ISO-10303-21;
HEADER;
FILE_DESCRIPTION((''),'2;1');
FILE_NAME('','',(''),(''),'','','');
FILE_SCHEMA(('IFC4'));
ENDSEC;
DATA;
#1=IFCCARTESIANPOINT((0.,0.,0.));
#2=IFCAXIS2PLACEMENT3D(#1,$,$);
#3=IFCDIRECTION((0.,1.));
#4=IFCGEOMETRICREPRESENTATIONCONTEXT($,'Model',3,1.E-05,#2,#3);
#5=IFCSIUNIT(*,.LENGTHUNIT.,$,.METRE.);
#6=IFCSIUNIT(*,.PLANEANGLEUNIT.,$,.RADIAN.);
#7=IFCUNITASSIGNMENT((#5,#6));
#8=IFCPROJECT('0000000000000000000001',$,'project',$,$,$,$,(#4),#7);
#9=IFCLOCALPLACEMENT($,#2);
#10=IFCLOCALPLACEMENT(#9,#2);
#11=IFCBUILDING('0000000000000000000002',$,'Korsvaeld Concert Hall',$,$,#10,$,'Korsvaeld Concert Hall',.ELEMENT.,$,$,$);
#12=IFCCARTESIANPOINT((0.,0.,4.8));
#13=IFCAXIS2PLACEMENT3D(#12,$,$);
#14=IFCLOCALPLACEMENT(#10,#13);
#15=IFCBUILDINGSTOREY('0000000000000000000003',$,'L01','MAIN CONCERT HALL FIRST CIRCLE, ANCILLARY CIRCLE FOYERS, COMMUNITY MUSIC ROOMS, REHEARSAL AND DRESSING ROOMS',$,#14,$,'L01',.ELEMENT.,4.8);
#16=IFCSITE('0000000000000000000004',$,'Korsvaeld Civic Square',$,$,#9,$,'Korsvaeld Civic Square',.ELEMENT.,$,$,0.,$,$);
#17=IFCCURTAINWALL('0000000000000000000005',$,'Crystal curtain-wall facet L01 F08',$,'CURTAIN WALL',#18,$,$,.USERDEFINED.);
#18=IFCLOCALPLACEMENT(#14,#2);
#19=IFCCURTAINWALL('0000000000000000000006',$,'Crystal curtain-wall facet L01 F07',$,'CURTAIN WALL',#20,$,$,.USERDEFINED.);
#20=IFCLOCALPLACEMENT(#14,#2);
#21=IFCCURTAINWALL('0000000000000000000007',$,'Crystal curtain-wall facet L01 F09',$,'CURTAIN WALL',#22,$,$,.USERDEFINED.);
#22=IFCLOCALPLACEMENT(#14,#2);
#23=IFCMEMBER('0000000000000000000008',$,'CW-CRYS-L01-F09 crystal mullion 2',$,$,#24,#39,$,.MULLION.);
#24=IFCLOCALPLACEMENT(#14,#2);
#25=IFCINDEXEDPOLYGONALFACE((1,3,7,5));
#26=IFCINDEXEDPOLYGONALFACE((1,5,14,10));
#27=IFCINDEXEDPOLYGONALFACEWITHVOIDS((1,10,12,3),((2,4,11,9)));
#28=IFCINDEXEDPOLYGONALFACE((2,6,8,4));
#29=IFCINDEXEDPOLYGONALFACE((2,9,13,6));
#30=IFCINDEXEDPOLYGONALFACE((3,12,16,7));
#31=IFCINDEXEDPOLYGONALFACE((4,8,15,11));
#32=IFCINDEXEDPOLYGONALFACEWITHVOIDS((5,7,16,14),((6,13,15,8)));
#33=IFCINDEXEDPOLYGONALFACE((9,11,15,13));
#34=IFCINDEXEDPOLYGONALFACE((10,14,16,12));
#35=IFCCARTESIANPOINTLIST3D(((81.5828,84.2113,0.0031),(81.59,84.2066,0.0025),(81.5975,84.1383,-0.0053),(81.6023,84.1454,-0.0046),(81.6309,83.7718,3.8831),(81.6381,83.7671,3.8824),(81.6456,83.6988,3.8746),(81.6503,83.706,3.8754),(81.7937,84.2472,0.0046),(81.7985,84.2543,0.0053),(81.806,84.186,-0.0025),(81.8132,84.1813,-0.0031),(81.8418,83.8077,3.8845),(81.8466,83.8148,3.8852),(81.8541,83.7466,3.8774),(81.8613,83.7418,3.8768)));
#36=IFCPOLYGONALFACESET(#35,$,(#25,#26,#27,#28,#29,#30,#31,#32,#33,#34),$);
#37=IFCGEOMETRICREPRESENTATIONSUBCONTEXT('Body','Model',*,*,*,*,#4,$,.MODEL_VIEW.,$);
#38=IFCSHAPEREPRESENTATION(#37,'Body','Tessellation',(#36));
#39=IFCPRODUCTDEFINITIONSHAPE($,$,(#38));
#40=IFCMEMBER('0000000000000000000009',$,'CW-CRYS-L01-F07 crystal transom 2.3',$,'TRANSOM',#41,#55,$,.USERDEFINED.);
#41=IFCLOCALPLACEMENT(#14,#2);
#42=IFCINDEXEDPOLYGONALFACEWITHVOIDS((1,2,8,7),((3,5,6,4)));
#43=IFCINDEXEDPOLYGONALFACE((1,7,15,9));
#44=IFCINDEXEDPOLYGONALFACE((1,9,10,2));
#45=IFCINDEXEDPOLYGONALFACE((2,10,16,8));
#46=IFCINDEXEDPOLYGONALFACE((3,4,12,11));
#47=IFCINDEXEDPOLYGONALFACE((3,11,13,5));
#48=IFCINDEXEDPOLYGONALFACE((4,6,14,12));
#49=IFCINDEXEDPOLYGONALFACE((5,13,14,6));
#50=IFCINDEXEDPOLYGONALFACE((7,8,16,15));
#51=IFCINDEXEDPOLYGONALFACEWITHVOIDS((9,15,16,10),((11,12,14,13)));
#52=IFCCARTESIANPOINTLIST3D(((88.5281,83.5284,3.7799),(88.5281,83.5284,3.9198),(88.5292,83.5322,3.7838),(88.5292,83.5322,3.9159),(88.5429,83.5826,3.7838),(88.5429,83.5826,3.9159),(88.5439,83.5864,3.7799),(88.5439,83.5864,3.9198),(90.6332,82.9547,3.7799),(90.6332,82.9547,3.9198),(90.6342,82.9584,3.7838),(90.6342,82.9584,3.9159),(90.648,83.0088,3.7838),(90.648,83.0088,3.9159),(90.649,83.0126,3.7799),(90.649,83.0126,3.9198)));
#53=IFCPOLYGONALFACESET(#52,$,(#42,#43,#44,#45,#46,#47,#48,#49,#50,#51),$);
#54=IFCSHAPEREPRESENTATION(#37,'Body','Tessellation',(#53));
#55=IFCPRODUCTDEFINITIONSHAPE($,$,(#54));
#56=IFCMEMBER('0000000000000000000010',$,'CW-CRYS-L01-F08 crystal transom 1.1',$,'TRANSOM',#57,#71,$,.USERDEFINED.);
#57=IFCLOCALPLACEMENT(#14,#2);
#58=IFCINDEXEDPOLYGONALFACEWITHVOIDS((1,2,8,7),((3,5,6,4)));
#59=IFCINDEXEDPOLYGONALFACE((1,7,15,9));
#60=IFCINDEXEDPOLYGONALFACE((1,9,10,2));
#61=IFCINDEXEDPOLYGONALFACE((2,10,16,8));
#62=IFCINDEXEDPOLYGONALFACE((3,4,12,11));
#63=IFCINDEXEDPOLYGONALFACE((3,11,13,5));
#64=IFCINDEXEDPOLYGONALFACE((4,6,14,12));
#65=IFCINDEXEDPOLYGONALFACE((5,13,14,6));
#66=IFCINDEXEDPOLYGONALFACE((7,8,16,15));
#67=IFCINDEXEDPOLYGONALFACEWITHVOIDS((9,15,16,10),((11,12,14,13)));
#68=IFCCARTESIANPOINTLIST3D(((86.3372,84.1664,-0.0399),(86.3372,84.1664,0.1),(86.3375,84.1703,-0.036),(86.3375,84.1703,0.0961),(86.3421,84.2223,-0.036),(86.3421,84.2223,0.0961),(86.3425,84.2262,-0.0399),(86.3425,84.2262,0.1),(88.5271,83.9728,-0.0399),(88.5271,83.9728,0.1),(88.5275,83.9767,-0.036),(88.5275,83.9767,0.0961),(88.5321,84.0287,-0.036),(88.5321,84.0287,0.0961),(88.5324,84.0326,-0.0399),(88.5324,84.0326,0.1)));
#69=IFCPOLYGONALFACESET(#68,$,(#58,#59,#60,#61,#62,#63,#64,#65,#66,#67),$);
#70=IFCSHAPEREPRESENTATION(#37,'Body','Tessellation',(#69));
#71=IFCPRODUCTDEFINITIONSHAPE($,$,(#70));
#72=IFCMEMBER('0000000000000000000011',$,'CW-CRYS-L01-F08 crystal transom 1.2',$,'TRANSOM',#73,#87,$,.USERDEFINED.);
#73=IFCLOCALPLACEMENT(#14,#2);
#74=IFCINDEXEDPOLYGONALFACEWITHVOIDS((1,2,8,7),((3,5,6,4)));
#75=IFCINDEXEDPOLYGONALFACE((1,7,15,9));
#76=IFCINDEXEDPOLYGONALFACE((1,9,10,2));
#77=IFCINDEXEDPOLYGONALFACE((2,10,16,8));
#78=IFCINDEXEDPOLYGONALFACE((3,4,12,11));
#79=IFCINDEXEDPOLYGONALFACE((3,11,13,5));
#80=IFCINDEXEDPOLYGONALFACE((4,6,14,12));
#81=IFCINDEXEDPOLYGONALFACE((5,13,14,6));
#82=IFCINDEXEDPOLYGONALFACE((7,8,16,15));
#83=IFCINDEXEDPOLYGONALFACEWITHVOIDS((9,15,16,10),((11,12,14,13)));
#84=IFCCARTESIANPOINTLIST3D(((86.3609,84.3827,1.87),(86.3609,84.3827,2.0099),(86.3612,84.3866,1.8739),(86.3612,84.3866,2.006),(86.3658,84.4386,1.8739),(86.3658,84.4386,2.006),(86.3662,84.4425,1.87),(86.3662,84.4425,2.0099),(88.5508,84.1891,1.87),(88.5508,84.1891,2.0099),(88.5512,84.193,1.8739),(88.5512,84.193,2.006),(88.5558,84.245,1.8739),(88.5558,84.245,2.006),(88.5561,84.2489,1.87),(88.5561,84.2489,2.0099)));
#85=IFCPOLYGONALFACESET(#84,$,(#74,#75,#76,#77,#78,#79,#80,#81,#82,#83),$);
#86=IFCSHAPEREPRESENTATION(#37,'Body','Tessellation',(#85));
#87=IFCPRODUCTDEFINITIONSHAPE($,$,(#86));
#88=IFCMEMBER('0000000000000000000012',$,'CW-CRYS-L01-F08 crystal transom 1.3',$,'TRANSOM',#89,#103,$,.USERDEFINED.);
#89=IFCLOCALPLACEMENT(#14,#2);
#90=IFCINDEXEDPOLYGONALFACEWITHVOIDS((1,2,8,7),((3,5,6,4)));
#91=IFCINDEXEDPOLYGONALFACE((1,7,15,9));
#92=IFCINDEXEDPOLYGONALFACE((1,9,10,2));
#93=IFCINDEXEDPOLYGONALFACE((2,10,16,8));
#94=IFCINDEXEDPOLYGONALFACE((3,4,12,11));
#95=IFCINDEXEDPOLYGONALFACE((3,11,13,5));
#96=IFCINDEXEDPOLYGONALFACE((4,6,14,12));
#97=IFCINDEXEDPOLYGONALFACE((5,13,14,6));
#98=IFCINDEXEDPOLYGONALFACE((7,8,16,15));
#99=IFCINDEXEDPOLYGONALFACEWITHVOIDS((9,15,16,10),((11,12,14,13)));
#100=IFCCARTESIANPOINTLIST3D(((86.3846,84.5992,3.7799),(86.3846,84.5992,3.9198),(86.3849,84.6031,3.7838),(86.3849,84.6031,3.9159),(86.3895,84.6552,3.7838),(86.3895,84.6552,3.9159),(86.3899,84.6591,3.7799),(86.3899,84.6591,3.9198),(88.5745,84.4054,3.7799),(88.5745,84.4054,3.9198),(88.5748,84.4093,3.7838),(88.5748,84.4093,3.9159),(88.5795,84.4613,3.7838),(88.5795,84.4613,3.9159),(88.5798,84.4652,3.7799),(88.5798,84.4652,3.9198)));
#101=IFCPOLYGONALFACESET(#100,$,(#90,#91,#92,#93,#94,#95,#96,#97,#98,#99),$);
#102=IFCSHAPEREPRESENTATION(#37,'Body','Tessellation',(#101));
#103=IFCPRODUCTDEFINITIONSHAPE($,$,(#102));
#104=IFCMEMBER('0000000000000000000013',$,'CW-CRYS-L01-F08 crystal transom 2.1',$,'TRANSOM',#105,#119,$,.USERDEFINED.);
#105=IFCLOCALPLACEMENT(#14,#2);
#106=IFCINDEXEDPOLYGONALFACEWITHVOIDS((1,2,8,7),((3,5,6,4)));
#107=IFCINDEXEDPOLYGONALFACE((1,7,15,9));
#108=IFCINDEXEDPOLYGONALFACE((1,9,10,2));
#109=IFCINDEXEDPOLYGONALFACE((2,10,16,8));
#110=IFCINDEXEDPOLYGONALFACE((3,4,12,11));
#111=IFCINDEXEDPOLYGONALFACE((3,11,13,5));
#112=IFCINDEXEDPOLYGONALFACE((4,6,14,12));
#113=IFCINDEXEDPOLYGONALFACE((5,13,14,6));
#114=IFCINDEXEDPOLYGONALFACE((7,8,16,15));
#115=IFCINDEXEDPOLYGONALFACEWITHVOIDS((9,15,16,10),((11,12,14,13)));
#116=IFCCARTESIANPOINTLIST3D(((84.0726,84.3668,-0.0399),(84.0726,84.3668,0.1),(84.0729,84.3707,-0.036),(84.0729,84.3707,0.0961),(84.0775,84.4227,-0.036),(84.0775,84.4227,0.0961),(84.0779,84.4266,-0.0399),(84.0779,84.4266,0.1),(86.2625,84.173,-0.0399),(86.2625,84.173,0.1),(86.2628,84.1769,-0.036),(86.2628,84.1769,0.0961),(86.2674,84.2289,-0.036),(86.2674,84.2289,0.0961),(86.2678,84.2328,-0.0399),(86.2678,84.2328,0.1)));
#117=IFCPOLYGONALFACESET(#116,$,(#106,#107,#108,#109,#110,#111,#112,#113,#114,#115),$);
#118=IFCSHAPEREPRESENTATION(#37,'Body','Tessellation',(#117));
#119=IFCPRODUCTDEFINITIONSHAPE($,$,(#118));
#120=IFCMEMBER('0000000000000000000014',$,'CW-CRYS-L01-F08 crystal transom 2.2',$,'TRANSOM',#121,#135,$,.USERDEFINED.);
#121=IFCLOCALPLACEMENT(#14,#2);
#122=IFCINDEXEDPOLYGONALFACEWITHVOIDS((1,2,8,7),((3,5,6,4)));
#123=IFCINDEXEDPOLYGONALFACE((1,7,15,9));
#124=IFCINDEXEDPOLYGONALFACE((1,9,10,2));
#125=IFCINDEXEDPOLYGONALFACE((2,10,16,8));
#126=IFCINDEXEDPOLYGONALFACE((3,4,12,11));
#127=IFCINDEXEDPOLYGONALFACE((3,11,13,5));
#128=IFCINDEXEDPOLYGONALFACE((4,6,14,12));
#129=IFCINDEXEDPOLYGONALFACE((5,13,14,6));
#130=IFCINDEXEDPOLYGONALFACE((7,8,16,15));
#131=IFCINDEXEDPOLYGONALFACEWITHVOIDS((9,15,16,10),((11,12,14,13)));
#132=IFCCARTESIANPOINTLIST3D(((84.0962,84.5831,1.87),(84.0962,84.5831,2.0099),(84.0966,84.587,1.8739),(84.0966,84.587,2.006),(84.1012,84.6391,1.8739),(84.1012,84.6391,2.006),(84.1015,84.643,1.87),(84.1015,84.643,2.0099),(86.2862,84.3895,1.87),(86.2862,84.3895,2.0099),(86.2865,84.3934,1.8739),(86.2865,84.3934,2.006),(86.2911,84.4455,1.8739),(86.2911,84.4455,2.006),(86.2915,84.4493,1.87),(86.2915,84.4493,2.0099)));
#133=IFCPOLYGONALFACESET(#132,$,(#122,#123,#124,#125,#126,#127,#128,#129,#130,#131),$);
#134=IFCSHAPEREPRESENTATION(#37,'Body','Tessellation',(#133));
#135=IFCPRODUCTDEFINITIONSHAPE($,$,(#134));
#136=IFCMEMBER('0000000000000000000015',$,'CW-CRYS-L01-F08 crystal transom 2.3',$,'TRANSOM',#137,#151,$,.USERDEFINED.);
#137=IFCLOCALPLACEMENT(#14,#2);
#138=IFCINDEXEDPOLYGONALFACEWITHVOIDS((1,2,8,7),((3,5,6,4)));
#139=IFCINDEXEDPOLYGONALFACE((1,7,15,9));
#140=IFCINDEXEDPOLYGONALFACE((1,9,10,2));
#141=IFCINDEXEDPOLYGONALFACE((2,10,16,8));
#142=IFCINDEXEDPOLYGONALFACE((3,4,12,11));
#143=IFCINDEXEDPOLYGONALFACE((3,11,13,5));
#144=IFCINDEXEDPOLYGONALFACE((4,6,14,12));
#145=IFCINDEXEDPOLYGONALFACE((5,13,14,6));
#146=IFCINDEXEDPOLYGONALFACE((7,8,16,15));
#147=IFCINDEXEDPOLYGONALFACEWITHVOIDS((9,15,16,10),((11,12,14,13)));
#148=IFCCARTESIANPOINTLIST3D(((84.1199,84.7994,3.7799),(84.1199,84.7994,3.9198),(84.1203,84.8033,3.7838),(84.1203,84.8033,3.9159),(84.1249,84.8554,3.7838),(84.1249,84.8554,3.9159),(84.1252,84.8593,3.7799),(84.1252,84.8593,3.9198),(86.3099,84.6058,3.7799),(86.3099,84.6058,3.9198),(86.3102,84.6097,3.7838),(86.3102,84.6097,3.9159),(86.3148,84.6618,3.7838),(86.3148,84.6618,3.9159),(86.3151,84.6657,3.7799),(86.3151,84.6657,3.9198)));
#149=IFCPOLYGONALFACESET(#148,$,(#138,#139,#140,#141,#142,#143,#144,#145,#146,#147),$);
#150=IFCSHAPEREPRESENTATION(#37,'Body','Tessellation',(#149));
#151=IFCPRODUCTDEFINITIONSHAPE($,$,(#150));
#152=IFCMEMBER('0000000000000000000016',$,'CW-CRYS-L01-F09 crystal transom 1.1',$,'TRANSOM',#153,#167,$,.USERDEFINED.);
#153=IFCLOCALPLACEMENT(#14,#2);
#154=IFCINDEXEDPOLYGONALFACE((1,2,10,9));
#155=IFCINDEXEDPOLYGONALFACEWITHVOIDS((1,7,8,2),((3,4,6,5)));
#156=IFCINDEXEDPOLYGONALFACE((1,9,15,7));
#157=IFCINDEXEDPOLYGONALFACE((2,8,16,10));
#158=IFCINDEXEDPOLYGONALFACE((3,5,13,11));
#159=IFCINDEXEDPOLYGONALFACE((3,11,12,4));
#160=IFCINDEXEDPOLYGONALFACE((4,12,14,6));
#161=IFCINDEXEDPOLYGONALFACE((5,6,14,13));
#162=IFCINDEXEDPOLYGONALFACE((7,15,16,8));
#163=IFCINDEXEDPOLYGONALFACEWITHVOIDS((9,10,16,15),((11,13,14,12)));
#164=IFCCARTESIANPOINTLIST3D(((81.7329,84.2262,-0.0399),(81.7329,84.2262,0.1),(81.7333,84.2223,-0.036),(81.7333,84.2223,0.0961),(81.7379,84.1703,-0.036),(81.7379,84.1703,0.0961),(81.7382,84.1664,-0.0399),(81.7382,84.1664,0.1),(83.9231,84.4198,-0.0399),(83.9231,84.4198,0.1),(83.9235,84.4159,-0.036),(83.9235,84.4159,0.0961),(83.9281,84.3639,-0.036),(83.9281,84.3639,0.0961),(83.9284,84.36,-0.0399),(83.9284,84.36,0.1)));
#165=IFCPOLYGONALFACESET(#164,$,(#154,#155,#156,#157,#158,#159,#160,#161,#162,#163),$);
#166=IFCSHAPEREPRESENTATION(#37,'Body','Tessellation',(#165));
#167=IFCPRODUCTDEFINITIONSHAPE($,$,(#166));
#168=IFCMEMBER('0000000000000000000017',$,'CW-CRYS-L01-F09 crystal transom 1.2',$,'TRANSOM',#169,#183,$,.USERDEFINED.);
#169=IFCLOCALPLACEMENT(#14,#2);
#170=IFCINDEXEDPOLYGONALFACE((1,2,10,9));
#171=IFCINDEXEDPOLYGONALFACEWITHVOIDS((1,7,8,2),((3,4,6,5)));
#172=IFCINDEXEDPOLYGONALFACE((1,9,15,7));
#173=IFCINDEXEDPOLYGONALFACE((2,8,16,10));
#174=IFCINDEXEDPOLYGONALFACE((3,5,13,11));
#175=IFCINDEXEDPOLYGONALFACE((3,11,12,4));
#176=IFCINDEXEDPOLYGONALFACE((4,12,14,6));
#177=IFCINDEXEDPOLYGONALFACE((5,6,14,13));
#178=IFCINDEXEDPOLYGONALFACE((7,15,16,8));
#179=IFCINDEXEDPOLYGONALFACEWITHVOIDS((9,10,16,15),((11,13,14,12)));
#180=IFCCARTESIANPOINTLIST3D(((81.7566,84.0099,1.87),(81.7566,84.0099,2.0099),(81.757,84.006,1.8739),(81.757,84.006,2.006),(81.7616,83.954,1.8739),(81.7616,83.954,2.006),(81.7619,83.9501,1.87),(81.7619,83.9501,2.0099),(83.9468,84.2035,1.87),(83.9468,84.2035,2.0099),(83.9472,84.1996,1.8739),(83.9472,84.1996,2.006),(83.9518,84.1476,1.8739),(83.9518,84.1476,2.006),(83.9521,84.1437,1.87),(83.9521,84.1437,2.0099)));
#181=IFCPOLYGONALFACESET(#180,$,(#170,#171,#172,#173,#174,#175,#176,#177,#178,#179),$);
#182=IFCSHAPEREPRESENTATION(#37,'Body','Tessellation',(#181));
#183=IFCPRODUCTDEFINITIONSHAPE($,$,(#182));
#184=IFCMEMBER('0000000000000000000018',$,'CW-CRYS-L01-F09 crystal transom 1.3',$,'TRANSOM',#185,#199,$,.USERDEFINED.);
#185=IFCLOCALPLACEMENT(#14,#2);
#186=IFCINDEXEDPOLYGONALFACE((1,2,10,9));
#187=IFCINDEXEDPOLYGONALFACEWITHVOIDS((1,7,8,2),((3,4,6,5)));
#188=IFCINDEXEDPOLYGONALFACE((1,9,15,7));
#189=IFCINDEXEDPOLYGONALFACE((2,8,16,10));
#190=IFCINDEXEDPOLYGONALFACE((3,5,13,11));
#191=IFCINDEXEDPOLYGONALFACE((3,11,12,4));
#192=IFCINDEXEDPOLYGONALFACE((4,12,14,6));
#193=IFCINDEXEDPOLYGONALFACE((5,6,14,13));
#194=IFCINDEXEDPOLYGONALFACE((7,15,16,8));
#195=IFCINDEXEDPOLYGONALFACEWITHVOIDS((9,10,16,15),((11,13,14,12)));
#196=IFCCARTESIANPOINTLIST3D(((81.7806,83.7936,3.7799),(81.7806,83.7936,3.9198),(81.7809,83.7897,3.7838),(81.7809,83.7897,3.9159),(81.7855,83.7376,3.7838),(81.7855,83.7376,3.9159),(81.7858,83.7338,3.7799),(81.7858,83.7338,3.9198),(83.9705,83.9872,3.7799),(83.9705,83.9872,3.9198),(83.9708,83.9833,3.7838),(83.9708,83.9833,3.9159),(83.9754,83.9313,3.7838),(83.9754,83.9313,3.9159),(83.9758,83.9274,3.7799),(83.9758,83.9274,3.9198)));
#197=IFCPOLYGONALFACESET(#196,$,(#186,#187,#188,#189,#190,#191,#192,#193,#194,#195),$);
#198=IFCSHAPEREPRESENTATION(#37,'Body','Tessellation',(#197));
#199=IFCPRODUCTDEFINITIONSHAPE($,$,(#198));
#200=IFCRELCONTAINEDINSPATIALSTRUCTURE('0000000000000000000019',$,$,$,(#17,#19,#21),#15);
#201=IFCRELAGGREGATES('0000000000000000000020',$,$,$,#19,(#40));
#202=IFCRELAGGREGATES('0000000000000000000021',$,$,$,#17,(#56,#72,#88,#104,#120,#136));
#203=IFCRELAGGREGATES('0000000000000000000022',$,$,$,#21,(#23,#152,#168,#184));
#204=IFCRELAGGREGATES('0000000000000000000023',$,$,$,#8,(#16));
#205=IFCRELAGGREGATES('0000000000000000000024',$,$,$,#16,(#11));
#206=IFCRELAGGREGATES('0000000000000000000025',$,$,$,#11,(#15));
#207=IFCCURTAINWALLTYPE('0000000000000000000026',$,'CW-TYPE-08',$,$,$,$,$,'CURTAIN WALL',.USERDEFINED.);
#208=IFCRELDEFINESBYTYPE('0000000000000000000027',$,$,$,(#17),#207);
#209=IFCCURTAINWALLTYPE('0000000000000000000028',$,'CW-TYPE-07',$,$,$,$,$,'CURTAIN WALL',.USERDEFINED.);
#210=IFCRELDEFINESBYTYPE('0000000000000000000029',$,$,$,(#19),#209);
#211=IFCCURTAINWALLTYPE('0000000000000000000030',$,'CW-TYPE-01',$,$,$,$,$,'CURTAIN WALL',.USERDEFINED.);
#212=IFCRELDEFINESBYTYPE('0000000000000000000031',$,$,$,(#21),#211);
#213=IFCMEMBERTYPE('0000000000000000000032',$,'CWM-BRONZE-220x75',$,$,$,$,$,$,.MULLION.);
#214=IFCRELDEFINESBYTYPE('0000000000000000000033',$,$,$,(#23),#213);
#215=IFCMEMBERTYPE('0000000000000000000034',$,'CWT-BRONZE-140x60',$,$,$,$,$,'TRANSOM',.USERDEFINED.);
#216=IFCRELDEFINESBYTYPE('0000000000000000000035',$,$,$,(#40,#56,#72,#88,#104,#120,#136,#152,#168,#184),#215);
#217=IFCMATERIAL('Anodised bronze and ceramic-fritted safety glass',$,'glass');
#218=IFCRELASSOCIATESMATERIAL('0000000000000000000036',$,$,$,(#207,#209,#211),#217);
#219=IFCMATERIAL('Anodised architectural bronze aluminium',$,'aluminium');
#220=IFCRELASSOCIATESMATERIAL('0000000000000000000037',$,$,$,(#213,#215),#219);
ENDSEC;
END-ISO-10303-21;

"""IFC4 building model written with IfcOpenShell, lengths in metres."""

from ifc_helpers import new_model, si_unit, direction, frame, origin, origin_2d, place, context, subcontext, project, spatial, hollow_rectangle, extrude, material, material_profile, profile_set, type_object, element, aggregate, save


model = new_model("IFC4")

# Units and contexts
model_context = context("Model", 3, precision=1e-05, world=origin(), true_north=direction((0.0, 1.0)))
body_context = subcontext(model_context, "Body", "Model", "MODEL_VIEW")
ifc_project = project(units=[si_unit("LENGTHUNIT", "METRE"), si_unit("PLANEANGLEUNIT", "RADIAN")], contexts=[model_context])

# Site, building, storey
site_placement = place(None, origin())
site = spatial("IfcSite", under=ifc_project, at=site_placement, Name="Korsvaeld Civic Square", LongName="Korsvaeld Civic Square", CompositionType="ELEMENT", RefElevation=0.0)
building_placement = place(site_placement, origin())
building = spatial("IfcBuilding", under=site, at=building_placement, Name="Korsvaeld Concert Hall", LongName="Korsvaeld Concert Hall", CompositionType="ELEMENT")
storey_placement = place(building_placement, frame((0.0, 0.0, 4.8)))
storey = spatial("IfcBuildingStorey", under=building, at=storey_placement, Name="L01", Description="MAIN CONCERT HALL FIRST CIRCLE, ANCILLARY CIRCLE FOYERS, COMMUNITY MUSIC ROOMS, REHEARSAL AND DRESSING ROOMS", LongName="L01", CompositionType="ELEMENT", Elevation=4.8)

# Curtain wall
ifc_material_1 = material(Name="Anodised bronze and ceramic-fritted safety glass", Category="glass")
curtain_wall_type_1 = type_object("IfcCurtainWallType", Name="CW-TYPE-08", ElementType="CURTAIN WALL", PredefinedType="USERDEFINED", material=ifc_material_1)
curtain_wall_1_placement = place(storey_placement, origin())
curtain_wall_1 = element("IfcCurtainWall", 1, at=curtain_wall_1_placement, inside=storey, type_object=curtain_wall_type_1, Name="Crystal curtain-wall facet L01 F08", ObjectType="CURTAIN WALL", PredefinedType="USERDEFINED")
ifc_material_2 = material(Name="Anodised architectural bronze aluminium", Category="aluminium")

# Curtain wall
curtain_wall_type_2 = type_object("IfcCurtainWallType", Name="CW-TYPE-07", ElementType="CURTAIN WALL", PredefinedType="USERDEFINED", material=ifc_material_1)
curtain_wall_2_placement = place(storey_placement, origin())
curtain_wall_2 = element("IfcCurtainWall", 2, at=curtain_wall_2_placement, inside=storey, type_object=curtain_wall_type_2, Name="Crystal curtain-wall facet L01 F07", ObjectType="CURTAIN WALL", PredefinedType="USERDEFINED")
ifc_material_profile_1 = material_profile(ifc_material_2, hollow_rectangle(XDim=0.075, YDim=0.22, WallThickness=0.0061, at=origin_2d()), Name="CWM 220x75x6")
ifc_profile_set_1 = profile_set([ifc_material_profile_1], Name="Anodised architectural bronze aluminium")
member_type_1 = type_object("IfcMemberType", Name="CWM-BRONZE-220x75", PredefinedType="MULLION", material=ifc_profile_set_1)

# Curtain wall, member
curtain_wall_type_3 = type_object("IfcCurtainWallType", Name="CW-TYPE-01", ElementType="CURTAIN WALL", PredefinedType="USERDEFINED", material=ifc_material_1)
curtain_wall_3_placement = place(storey_placement, origin())
curtain_wall_3 = element("IfcCurtainWall", 3, at=curtain_wall_3_placement, inside=storey, type_object=curtain_wall_type_3, Name="Crystal curtain-wall facet L01 F09", ObjectType="CURTAIN WALL", PredefinedType="USERDEFINED")
member_1_placement = place(storey_placement, frame((81.698, 84.1963, 0.0), z_axis=(0.012316, -0.112536, 0.993571), x_axis=(0.195293, -0.97424, -0.112768)))
member_1 = element("IfcMember", 4, at=member_1_placement, type_object=member_type_1, Name="CW-CRYS-L01-F09 crystal mullion 2", PredefinedType="MULLION", context=body_context, shape_type="SweptSolid", body=[
    extrude(hollow_rectangle(XDim=0.075, YDim=0.22, WallThickness=0.0061, at=origin_2d()), origin(), (0.0, 0.0, 1.0), 3.905),
])

# Members
ifc_material_profile_2 = material_profile(ifc_material_2, hollow_rectangle(XDim=0.0601, YDim=0.1399, WallThickness=0.0039, at=origin_2d()), Name="CWT 140x60x4")
ifc_profile_set_2 = profile_set([ifc_material_profile_2], Name="Anodised architectural bronze aluminium")
member_type_2 = type_object("IfcMemberType", Name="CWT-BRONZE-140x60", ElementType="TRANSOM", PredefinedType="USERDEFINED", material=ifc_profile_set_2)
member_2_placement = place(storey_placement, frame((90.6411, 82.9836, 3.8499), z_axis=(-0.964805, 0.262966, 0.0), x_axis=(-0.262966, -0.964805, 0.0)))
member_2 = element("IfcMember", 5, at=member_2_placement, type_object=member_type_2, Name="CW-CRYS-L01-F07 crystal transom 2.3", ObjectType="TRANSOM", PredefinedType="USERDEFINED", context=body_context, shape_type="SweptSolid", body=[
    extrude(hollow_rectangle(XDim=0.0601, YDim=0.1399, WallThickness=0.0039, at=origin_2d()), origin(), (0.0, 0.0, 1.0), 2.1819),
])
aggregate(curtain_wall_2, [member_2])
member_3_placement = place(storey_placement, frame((88.5298, 84.0027, 0.03), z_axis=(-0.996115, 0.088062, 0.0), x_axis=(-0.088062, -0.996115, 0.0)))
member_3 = element("IfcMember", 6, at=member_3_placement, type_object=member_type_2, Name="CW-CRYS-L01-F08 crystal transom 1.1", ObjectType="TRANSOM", PredefinedType="USERDEFINED", context=body_context, shape_type="SweptSolid", body=[
    extrude(hollow_rectangle(XDim=0.0601, YDim=0.1399, WallThickness=0.0039, at=origin_2d()), origin(), (0.0, 0.0, 1.0), 2.1985),
])
member_4_placement = place(storey_placement, frame((88.5535, 84.219, 1.9399), z_axis=(-0.996115, 0.088062, 0.0), x_axis=(-0.088062, -0.996115, 0.0)))
member_4 = element("IfcMember", 7, at=member_4_placement, type_object=member_type_2, Name="CW-CRYS-L01-F08 crystal transom 1.2", ObjectType="TRANSOM", PredefinedType="USERDEFINED", context=body_context, shape_type="SweptSolid", body=[
    extrude(hollow_rectangle(XDim=0.0601, YDim=0.1399, WallThickness=0.0039, at=origin_2d()), origin(), (0.0, 0.0, 1.0), 2.1985),
])
member_5_placement = place(storey_placement, frame((88.5771, 84.4353, 3.8499), z_axis=(-0.996105, 0.088173, 0.0), x_axis=(-0.088173, -0.996105, 0.0)))
member_5 = element("IfcMember", 8, at=member_5_placement, type_object=member_type_2, Name="CW-CRYS-L01-F08 crystal transom 1.3", ObjectType="TRANSOM", PredefinedType="USERDEFINED", context=body_context, shape_type="SweptSolid", body=[
    extrude(hollow_rectangle(XDim=0.0601, YDim=0.1399, WallThickness=0.0039, at=origin_2d()), origin(), (0.0, 0.0, 1.0), 2.1985),
])
member_6_placement = place(storey_placement, frame((86.2651, 84.2029, 0.03), z_axis=(-0.996105, 0.088173, 0.0), x_axis=(-0.088173, -0.996105, 0.0)))
member_6 = element("IfcMember", 9, at=member_6_placement, type_object=member_type_2, Name="CW-CRYS-L01-F08 crystal transom 2.1", ObjectType="TRANSOM", PredefinedType="USERDEFINED", context=body_context, shape_type="SweptSolid", body=[
    extrude(hollow_rectangle(XDim=0.0601, YDim=0.1399, WallThickness=0.0039, at=origin_2d()), origin(), (0.0, 0.0, 1.0), 2.1985),
])
member_7_placement = place(storey_placement, frame((86.2888, 84.4194, 1.9399), z_axis=(-0.996115, 0.088062, 0.0), x_axis=(-0.088062, -0.996115, 0.0)))
member_7 = element("IfcMember", 10, at=member_7_placement, type_object=member_type_2, Name="CW-CRYS-L01-F08 crystal transom 2.2", ObjectType="TRANSOM", PredefinedType="USERDEFINED", context=body_context, shape_type="SweptSolid", body=[
    extrude(hollow_rectangle(XDim=0.0601, YDim=0.1399, WallThickness=0.0039, at=origin_2d()), origin(), (0.0, 0.0, 1.0), 2.1985),
])
member_8_placement = place(storey_placement, frame((86.3125, 84.6357, 3.8499), z_axis=(-0.996115, 0.088062, 0.0), x_axis=(-0.088062, -0.996115, 0.0)))
member_8 = element("IfcMember", 11, at=member_8_placement, type_object=member_type_2, Name="CW-CRYS-L01-F08 crystal transom 2.3", ObjectType="TRANSOM", PredefinedType="USERDEFINED", context=body_context, shape_type="SweptSolid", body=[
    extrude(hollow_rectangle(XDim=0.0601, YDim=0.1399, WallThickness=0.0039, at=origin_2d()), origin(), (0.0, 0.0, 1.0), 2.1985),
])
member_9_placement = place(storey_placement, frame((83.9258, 84.3899, 0.03), z_axis=(-0.996116, -0.088053, 0.0), x_axis=(0.088053, -0.996116, 0.0)))
member_9 = element("IfcMember", 12, at=member_9_placement, type_object=member_type_2, Name="CW-CRYS-L01-F09 crystal transom 1.1", ObjectType="TRANSOM", PredefinedType="USERDEFINED", context=body_context, shape_type="SweptSolid", body=[
    extrude(hollow_rectangle(XDim=0.0601, YDim=0.1399, WallThickness=0.0039, at=origin_2d()), origin(), (0.0, 0.0, 1.0), 2.1987),
])
member_10_placement = place(storey_placement, frame((83.9495, 84.1736, 1.9399), z_axis=(-0.996116, -0.088053, 0.0), x_axis=(0.088053, -0.996116, 0.0)))
member_10 = element("IfcMember", 13, at=member_10_placement, type_object=member_type_2, Name="CW-CRYS-L01-F09 crystal transom 1.2", ObjectType="TRANSOM", PredefinedType="USERDEFINED", context=body_context, shape_type="SweptSolid", body=[
    extrude(hollow_rectangle(XDim=0.0601, YDim=0.1399, WallThickness=0.0039, at=origin_2d()), origin(), (0.0, 0.0, 1.0), 2.1987),
])
member_11_placement = place(storey_placement, frame((83.9731, 83.9573, 3.8499), z_axis=(-0.996115, -0.088062, 0.0), x_axis=(0.088062, -0.996115, 0.0)))
member_11 = element("IfcMember", 14, at=member_11_placement, type_object=member_type_2, Name="CW-CRYS-L01-F09 crystal transom 1.3", ObjectType="TRANSOM", PredefinedType="USERDEFINED", context=body_context, shape_type="SweptSolid", body=[
    extrude(hollow_rectangle(XDim=0.0601, YDim=0.1399, WallThickness=0.0039, at=origin_2d()), origin(), (0.0, 0.0, 1.0), 2.1985),
])

aggregate(curtain_wall_1, [member_3, member_4, member_5, member_6, member_7, member_8])
aggregate(curtain_wall_3, [member_1, member_9, member_10, member_11])

save(model, "model.ifc")
